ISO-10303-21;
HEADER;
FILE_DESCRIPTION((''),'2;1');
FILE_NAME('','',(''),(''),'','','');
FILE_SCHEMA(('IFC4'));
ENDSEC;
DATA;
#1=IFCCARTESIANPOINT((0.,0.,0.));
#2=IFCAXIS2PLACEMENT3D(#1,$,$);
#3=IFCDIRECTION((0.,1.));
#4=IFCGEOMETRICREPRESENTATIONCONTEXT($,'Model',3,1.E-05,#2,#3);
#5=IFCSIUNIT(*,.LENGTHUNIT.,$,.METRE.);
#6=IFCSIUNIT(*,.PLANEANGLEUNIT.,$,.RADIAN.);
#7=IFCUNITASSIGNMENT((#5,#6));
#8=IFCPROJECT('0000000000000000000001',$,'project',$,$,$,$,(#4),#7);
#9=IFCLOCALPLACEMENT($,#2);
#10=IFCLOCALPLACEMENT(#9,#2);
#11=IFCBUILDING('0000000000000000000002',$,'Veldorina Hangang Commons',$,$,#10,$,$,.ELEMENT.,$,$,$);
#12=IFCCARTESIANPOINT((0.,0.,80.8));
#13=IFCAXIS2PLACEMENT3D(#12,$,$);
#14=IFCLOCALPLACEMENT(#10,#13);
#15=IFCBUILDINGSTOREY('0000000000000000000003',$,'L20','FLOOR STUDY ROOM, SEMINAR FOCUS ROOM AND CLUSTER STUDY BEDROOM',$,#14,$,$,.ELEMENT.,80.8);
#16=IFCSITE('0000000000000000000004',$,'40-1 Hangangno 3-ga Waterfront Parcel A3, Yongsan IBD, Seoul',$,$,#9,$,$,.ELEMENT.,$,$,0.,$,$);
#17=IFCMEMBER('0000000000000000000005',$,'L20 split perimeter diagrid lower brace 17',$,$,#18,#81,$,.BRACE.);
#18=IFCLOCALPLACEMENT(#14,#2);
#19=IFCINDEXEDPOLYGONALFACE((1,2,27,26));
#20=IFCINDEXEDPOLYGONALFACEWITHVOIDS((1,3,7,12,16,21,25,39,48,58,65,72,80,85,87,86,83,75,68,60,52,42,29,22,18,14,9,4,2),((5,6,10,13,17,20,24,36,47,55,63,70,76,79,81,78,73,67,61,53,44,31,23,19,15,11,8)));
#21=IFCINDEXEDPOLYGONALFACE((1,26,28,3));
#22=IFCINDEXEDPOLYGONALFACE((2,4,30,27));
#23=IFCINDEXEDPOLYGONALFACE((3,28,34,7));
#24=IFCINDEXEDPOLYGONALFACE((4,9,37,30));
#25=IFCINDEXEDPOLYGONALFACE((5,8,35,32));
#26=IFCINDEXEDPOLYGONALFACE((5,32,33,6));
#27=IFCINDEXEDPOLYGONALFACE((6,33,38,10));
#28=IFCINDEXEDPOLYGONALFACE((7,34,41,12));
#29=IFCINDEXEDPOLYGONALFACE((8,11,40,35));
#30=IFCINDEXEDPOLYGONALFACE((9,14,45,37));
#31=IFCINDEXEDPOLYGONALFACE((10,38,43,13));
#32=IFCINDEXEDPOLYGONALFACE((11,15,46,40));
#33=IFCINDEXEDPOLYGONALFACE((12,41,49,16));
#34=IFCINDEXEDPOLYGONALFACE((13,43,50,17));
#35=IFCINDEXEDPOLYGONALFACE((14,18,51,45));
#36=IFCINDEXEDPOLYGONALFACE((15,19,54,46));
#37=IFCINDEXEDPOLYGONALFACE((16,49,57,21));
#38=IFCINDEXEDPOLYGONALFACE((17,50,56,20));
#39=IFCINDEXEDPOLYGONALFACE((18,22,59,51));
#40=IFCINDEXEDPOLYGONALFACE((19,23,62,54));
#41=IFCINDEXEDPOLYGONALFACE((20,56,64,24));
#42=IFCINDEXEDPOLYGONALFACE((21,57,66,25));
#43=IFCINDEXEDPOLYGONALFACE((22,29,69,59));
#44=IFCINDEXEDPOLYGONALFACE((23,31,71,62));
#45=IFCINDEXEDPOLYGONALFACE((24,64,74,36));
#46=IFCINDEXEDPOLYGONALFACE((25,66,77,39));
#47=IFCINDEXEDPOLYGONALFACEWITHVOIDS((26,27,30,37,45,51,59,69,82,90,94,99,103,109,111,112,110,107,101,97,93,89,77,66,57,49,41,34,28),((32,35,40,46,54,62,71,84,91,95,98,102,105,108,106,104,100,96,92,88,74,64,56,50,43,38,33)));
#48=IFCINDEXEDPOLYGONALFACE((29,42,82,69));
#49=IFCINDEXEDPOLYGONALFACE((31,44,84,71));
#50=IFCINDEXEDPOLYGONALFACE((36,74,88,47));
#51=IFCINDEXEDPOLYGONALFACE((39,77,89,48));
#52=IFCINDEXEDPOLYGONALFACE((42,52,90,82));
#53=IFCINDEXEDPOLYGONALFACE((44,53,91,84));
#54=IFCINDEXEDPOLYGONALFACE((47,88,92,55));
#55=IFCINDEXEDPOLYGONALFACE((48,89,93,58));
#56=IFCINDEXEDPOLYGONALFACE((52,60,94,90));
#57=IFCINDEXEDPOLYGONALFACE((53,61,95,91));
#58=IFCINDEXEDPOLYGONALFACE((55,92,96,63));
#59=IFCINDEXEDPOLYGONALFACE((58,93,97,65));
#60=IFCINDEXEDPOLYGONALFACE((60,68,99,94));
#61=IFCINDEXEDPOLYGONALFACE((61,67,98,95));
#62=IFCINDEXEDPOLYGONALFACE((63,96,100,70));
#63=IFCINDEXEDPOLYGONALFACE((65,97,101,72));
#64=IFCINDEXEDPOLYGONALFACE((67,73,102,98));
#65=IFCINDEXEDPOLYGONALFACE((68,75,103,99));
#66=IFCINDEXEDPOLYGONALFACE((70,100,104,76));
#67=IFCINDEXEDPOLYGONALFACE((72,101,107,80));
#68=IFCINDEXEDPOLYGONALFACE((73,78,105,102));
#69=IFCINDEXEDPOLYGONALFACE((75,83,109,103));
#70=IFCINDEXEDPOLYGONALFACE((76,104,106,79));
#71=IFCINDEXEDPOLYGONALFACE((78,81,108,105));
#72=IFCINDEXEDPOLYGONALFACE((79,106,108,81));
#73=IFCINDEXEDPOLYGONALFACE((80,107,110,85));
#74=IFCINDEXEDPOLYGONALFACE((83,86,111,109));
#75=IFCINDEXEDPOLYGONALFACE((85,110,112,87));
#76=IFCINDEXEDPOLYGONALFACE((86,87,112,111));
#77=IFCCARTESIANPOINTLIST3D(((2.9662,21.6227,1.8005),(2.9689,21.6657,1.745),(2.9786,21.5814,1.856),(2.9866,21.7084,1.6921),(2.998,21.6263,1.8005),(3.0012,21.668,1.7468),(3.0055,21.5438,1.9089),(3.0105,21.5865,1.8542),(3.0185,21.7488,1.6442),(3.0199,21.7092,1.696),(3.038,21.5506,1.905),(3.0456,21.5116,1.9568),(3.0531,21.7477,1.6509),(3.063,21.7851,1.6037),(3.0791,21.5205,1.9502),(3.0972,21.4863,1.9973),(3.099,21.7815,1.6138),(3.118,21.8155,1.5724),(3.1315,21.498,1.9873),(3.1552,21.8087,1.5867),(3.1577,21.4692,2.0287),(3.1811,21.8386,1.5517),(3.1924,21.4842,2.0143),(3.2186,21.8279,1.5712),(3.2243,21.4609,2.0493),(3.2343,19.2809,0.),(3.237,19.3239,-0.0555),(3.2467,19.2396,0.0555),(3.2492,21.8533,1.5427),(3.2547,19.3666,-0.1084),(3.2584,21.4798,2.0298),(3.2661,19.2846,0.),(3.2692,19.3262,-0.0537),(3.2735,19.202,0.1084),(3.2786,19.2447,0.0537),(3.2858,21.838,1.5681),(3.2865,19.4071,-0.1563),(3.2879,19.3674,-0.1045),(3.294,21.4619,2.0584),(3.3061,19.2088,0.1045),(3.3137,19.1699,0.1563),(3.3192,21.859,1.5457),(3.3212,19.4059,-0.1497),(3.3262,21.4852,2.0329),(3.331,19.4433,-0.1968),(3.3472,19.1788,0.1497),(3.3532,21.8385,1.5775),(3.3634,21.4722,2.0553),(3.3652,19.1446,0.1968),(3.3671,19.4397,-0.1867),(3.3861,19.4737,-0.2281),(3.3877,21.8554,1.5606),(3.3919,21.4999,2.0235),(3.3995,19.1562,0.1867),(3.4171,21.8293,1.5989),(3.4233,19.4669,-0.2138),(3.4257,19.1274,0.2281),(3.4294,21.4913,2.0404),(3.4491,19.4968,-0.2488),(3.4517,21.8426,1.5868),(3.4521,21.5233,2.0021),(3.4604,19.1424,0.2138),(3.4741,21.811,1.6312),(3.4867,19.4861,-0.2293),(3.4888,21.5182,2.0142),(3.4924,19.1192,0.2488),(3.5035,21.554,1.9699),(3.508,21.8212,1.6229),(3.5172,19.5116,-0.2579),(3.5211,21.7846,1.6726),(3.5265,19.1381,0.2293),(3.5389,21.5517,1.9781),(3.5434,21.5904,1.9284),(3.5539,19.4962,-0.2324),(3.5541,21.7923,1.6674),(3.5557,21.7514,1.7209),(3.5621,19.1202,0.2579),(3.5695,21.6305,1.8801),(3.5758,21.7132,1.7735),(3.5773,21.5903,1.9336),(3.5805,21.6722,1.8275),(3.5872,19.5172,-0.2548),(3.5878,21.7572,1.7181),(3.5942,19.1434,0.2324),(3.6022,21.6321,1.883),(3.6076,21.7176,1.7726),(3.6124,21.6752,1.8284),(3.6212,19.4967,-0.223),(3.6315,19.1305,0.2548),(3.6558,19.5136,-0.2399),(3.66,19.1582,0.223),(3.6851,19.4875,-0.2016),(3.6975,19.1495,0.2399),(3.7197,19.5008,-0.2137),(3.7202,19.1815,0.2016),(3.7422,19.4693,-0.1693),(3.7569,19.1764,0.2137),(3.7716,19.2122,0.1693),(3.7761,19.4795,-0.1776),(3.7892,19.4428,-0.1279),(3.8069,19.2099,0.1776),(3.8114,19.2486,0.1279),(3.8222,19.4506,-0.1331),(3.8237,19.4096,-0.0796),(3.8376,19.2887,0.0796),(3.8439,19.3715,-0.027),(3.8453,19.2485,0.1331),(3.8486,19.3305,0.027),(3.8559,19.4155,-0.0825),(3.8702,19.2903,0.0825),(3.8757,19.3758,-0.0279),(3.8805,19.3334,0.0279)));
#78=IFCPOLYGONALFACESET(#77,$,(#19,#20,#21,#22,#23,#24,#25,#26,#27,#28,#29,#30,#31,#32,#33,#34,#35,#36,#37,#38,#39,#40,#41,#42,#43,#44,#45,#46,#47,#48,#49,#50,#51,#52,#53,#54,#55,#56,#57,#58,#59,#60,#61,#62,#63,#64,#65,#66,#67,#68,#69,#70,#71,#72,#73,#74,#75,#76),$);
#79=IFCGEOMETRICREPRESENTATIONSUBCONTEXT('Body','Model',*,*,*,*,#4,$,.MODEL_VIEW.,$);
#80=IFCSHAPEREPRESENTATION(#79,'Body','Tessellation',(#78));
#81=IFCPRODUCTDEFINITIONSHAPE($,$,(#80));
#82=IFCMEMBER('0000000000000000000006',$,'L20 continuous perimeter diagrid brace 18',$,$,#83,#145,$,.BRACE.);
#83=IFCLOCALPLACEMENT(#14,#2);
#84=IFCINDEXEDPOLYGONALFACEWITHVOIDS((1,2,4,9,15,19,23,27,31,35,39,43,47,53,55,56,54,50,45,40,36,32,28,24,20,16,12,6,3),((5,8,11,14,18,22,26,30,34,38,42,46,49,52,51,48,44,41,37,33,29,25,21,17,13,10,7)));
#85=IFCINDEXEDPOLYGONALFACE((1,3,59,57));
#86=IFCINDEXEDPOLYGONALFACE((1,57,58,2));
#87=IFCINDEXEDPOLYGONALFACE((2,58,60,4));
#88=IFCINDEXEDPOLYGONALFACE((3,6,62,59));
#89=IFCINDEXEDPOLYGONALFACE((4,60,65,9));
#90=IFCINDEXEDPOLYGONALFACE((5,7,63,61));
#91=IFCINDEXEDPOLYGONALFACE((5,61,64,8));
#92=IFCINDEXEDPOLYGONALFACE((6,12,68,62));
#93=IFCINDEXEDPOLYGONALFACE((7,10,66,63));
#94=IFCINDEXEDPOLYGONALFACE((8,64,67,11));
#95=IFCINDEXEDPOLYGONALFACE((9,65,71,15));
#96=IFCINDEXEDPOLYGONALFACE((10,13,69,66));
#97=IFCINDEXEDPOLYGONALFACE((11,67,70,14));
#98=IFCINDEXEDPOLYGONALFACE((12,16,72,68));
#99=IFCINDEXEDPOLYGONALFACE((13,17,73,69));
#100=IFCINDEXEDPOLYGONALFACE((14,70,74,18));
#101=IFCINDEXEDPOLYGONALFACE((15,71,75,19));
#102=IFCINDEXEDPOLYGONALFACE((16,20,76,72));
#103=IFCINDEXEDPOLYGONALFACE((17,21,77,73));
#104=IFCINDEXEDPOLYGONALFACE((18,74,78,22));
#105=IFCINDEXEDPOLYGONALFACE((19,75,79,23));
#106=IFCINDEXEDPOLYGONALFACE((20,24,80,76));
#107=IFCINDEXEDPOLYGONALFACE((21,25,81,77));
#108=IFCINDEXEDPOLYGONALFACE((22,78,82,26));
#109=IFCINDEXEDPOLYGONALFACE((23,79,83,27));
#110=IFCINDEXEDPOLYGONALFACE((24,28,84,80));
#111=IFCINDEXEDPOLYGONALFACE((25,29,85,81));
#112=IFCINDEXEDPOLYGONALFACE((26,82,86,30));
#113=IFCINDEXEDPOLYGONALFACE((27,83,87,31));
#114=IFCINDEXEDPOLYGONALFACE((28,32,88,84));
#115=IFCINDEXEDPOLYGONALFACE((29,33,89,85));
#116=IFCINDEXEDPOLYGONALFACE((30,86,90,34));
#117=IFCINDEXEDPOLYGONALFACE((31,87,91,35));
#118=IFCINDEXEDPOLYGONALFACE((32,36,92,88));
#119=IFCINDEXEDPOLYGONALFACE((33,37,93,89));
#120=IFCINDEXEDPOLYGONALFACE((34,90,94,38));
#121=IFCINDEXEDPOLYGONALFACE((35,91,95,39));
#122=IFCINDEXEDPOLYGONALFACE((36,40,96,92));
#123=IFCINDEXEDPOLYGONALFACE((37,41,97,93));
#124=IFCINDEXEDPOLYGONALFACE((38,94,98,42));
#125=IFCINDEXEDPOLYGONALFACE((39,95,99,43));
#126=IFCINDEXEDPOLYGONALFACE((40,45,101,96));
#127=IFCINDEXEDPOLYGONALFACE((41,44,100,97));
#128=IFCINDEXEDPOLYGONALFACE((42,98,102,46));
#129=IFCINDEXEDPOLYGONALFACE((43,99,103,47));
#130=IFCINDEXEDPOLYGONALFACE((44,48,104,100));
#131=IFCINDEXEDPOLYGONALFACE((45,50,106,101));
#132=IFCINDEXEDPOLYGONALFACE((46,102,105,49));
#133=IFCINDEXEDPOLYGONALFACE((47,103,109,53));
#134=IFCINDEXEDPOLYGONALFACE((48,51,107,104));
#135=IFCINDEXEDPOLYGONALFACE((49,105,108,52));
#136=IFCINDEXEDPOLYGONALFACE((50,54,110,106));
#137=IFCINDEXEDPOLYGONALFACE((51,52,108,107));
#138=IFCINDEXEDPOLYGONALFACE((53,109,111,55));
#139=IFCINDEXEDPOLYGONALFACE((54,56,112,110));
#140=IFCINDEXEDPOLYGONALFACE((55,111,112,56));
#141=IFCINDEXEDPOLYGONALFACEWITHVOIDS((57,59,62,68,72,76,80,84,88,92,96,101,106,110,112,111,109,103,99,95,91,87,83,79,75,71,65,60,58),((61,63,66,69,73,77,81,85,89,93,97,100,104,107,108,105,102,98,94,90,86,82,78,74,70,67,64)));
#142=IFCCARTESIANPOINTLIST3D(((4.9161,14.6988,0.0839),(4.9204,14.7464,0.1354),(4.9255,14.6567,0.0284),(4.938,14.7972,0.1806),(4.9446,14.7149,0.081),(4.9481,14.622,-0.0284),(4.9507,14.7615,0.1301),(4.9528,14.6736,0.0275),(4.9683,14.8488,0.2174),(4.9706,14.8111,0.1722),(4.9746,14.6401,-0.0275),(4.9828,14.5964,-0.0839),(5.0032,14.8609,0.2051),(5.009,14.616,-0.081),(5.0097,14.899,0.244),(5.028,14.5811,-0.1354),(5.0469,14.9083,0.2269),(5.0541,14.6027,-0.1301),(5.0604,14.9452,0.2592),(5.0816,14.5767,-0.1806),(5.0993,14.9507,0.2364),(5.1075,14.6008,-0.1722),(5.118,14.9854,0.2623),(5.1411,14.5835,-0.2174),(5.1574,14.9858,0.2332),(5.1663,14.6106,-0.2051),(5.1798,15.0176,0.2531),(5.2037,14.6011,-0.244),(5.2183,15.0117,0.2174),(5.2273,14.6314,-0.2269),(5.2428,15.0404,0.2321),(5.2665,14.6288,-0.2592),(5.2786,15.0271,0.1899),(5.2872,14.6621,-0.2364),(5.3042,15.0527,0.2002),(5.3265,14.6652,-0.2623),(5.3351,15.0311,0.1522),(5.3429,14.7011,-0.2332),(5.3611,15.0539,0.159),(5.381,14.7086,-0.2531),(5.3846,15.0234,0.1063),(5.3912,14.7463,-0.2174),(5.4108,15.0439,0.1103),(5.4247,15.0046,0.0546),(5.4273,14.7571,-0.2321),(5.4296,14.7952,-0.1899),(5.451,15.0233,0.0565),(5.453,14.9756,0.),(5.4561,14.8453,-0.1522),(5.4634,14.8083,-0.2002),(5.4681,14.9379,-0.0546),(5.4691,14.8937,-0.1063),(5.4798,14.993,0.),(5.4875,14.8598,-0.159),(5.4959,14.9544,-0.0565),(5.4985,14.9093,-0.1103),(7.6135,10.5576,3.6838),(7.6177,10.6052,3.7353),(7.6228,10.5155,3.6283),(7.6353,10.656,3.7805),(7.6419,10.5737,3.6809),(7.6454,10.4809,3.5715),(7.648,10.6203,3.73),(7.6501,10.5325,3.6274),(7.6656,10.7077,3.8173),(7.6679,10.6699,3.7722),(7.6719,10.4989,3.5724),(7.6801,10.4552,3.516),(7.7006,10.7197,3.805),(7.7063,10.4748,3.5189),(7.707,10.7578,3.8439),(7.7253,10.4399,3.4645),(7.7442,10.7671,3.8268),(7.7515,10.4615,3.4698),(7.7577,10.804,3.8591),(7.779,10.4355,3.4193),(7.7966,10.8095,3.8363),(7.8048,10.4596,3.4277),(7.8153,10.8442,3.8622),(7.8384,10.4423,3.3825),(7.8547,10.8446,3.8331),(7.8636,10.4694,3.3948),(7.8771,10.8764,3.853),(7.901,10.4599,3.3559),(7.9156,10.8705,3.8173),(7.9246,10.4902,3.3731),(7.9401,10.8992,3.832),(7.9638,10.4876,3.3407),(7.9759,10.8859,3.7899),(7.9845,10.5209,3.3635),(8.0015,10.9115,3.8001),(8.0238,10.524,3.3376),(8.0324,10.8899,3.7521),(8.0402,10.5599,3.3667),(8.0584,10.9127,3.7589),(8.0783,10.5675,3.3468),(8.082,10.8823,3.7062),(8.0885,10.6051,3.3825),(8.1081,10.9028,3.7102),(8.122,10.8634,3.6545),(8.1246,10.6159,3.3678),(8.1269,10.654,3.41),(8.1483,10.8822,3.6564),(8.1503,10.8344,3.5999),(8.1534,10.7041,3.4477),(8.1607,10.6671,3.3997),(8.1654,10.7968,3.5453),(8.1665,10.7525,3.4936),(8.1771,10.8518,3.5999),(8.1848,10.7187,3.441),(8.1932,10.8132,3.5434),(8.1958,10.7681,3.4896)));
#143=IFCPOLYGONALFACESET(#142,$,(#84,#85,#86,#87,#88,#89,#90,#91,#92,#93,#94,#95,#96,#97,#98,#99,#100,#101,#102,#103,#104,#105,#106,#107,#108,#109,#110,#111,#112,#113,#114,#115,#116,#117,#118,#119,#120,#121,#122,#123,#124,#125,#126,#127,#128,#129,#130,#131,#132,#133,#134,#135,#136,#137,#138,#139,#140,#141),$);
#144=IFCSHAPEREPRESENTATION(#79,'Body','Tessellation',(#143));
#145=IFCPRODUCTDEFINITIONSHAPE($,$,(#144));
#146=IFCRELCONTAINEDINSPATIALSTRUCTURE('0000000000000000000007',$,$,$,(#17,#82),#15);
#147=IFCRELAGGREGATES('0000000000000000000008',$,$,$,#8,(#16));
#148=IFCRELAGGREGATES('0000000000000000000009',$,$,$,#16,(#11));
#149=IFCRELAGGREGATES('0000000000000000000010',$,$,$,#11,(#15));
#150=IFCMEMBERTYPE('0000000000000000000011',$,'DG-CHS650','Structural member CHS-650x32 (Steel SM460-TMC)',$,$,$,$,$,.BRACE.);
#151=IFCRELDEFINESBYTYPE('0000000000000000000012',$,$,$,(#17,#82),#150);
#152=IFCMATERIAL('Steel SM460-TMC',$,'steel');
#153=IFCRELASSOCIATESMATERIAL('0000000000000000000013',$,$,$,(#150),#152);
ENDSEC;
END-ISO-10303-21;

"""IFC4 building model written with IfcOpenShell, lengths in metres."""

from ifc_helpers import new_model, si_unit, direction, frame, origin, origin_2d, place, context, subcontext, project, spatial, hollow_circle, extrude, material, material_profile, profile_set, type_object, element, save


model = new_model("IFC4")

# Units and contexts
model_context = context("Model", 3, precision=1e-05, world=origin(), true_north=direction((0.0, 1.0)))
body_context = subcontext(model_context, "Body", "Model", "MODEL_VIEW")
ifc_project = project(units=[si_unit("LENGTHUNIT", "METRE"), si_unit("PLANEANGLEUNIT", "RADIAN")], contexts=[model_context])

# Site, building, storey
site_placement = place(None, origin())
site = spatial("IfcSite", under=ifc_project, at=site_placement, Name="40-1 Hangangno 3-ga Waterfront Parcel A3, Yongsan IBD, Seoul", CompositionType="ELEMENT", RefElevation=0.0)
building_placement = place(site_placement, origin())
building = spatial("IfcBuilding", under=site, at=building_placement, Name="Veldorina Hangang Commons", CompositionType="ELEMENT")
storey_placement = place(building_placement, frame((0.0, 0.0, 80.8)))
storey = spatial("IfcBuildingStorey", under=building, at=storey_placement, Name="L20", Description="FLOOR STUDY ROOM, SEMINAR FOCUS ROOM AND CLUSTER STUDY BEDROOM", CompositionType="ELEMENT", Elevation=80.8)

# Members
ifc_material_1 = material(Name="Steel SM460-TMC", Category="steel")
ifc_material_profile_1 = material_profile(ifc_material_1, hollow_circle(Radius=0.325, WallThickness=0.032, at=origin_2d()), Name="CHS-650x32")
ifc_profile_set_1 = profile_set([ifc_material_profile_1], Name="Steel SM460-TMC")
member_type = type_object("IfcMemberType", Name="DG-CHS650", Description="Structural member CHS-650x32 (Steel SM460-TMC)", PredefinedType="BRACE", material=ifc_profile_set_1)
member_1_placement = place(storey_placement, frame((3.5571, 19.3179, 0.0), z_axis=(-0.090376, 0.789518, 0.607037), x_axis=(-0.993512, -0.113728, 0.0)))
element("IfcMember", 1, at=member_1_placement, inside=storey, type_object=member_type, Name="L20 split perimeter diagrid lower brace 17", PredefinedType="BRACE", context=body_context, shape_type="SweptSolid", body=[
    extrude(hollow_circle(Radius=0.325, WallThickness=0.032, at=origin_2d()), origin(), (0.0, 0.0, 1.0), 2.9661),
])
member_2_placement = place(storey_placement, frame((5.2075, 14.8157, 0.0), z_axis=(0.44115, -0.677298, 0.588773), x_axis=(0.837931, 0.545776, 0.0)))
element("IfcMember", 2, at=member_2_placement, inside=storey, type_object=member_type, Name="L20 continuous perimeter diagrid brace 18", PredefinedType="BRACE", context=body_context, shape_type="SweptSolid", body=[
    extrude(hollow_circle(Radius=0.325, WallThickness=0.032, at=origin_2d()), origin(), (0.0, 0.0, 1.0), 6.1143),
])

save(model, "model.ifc")
